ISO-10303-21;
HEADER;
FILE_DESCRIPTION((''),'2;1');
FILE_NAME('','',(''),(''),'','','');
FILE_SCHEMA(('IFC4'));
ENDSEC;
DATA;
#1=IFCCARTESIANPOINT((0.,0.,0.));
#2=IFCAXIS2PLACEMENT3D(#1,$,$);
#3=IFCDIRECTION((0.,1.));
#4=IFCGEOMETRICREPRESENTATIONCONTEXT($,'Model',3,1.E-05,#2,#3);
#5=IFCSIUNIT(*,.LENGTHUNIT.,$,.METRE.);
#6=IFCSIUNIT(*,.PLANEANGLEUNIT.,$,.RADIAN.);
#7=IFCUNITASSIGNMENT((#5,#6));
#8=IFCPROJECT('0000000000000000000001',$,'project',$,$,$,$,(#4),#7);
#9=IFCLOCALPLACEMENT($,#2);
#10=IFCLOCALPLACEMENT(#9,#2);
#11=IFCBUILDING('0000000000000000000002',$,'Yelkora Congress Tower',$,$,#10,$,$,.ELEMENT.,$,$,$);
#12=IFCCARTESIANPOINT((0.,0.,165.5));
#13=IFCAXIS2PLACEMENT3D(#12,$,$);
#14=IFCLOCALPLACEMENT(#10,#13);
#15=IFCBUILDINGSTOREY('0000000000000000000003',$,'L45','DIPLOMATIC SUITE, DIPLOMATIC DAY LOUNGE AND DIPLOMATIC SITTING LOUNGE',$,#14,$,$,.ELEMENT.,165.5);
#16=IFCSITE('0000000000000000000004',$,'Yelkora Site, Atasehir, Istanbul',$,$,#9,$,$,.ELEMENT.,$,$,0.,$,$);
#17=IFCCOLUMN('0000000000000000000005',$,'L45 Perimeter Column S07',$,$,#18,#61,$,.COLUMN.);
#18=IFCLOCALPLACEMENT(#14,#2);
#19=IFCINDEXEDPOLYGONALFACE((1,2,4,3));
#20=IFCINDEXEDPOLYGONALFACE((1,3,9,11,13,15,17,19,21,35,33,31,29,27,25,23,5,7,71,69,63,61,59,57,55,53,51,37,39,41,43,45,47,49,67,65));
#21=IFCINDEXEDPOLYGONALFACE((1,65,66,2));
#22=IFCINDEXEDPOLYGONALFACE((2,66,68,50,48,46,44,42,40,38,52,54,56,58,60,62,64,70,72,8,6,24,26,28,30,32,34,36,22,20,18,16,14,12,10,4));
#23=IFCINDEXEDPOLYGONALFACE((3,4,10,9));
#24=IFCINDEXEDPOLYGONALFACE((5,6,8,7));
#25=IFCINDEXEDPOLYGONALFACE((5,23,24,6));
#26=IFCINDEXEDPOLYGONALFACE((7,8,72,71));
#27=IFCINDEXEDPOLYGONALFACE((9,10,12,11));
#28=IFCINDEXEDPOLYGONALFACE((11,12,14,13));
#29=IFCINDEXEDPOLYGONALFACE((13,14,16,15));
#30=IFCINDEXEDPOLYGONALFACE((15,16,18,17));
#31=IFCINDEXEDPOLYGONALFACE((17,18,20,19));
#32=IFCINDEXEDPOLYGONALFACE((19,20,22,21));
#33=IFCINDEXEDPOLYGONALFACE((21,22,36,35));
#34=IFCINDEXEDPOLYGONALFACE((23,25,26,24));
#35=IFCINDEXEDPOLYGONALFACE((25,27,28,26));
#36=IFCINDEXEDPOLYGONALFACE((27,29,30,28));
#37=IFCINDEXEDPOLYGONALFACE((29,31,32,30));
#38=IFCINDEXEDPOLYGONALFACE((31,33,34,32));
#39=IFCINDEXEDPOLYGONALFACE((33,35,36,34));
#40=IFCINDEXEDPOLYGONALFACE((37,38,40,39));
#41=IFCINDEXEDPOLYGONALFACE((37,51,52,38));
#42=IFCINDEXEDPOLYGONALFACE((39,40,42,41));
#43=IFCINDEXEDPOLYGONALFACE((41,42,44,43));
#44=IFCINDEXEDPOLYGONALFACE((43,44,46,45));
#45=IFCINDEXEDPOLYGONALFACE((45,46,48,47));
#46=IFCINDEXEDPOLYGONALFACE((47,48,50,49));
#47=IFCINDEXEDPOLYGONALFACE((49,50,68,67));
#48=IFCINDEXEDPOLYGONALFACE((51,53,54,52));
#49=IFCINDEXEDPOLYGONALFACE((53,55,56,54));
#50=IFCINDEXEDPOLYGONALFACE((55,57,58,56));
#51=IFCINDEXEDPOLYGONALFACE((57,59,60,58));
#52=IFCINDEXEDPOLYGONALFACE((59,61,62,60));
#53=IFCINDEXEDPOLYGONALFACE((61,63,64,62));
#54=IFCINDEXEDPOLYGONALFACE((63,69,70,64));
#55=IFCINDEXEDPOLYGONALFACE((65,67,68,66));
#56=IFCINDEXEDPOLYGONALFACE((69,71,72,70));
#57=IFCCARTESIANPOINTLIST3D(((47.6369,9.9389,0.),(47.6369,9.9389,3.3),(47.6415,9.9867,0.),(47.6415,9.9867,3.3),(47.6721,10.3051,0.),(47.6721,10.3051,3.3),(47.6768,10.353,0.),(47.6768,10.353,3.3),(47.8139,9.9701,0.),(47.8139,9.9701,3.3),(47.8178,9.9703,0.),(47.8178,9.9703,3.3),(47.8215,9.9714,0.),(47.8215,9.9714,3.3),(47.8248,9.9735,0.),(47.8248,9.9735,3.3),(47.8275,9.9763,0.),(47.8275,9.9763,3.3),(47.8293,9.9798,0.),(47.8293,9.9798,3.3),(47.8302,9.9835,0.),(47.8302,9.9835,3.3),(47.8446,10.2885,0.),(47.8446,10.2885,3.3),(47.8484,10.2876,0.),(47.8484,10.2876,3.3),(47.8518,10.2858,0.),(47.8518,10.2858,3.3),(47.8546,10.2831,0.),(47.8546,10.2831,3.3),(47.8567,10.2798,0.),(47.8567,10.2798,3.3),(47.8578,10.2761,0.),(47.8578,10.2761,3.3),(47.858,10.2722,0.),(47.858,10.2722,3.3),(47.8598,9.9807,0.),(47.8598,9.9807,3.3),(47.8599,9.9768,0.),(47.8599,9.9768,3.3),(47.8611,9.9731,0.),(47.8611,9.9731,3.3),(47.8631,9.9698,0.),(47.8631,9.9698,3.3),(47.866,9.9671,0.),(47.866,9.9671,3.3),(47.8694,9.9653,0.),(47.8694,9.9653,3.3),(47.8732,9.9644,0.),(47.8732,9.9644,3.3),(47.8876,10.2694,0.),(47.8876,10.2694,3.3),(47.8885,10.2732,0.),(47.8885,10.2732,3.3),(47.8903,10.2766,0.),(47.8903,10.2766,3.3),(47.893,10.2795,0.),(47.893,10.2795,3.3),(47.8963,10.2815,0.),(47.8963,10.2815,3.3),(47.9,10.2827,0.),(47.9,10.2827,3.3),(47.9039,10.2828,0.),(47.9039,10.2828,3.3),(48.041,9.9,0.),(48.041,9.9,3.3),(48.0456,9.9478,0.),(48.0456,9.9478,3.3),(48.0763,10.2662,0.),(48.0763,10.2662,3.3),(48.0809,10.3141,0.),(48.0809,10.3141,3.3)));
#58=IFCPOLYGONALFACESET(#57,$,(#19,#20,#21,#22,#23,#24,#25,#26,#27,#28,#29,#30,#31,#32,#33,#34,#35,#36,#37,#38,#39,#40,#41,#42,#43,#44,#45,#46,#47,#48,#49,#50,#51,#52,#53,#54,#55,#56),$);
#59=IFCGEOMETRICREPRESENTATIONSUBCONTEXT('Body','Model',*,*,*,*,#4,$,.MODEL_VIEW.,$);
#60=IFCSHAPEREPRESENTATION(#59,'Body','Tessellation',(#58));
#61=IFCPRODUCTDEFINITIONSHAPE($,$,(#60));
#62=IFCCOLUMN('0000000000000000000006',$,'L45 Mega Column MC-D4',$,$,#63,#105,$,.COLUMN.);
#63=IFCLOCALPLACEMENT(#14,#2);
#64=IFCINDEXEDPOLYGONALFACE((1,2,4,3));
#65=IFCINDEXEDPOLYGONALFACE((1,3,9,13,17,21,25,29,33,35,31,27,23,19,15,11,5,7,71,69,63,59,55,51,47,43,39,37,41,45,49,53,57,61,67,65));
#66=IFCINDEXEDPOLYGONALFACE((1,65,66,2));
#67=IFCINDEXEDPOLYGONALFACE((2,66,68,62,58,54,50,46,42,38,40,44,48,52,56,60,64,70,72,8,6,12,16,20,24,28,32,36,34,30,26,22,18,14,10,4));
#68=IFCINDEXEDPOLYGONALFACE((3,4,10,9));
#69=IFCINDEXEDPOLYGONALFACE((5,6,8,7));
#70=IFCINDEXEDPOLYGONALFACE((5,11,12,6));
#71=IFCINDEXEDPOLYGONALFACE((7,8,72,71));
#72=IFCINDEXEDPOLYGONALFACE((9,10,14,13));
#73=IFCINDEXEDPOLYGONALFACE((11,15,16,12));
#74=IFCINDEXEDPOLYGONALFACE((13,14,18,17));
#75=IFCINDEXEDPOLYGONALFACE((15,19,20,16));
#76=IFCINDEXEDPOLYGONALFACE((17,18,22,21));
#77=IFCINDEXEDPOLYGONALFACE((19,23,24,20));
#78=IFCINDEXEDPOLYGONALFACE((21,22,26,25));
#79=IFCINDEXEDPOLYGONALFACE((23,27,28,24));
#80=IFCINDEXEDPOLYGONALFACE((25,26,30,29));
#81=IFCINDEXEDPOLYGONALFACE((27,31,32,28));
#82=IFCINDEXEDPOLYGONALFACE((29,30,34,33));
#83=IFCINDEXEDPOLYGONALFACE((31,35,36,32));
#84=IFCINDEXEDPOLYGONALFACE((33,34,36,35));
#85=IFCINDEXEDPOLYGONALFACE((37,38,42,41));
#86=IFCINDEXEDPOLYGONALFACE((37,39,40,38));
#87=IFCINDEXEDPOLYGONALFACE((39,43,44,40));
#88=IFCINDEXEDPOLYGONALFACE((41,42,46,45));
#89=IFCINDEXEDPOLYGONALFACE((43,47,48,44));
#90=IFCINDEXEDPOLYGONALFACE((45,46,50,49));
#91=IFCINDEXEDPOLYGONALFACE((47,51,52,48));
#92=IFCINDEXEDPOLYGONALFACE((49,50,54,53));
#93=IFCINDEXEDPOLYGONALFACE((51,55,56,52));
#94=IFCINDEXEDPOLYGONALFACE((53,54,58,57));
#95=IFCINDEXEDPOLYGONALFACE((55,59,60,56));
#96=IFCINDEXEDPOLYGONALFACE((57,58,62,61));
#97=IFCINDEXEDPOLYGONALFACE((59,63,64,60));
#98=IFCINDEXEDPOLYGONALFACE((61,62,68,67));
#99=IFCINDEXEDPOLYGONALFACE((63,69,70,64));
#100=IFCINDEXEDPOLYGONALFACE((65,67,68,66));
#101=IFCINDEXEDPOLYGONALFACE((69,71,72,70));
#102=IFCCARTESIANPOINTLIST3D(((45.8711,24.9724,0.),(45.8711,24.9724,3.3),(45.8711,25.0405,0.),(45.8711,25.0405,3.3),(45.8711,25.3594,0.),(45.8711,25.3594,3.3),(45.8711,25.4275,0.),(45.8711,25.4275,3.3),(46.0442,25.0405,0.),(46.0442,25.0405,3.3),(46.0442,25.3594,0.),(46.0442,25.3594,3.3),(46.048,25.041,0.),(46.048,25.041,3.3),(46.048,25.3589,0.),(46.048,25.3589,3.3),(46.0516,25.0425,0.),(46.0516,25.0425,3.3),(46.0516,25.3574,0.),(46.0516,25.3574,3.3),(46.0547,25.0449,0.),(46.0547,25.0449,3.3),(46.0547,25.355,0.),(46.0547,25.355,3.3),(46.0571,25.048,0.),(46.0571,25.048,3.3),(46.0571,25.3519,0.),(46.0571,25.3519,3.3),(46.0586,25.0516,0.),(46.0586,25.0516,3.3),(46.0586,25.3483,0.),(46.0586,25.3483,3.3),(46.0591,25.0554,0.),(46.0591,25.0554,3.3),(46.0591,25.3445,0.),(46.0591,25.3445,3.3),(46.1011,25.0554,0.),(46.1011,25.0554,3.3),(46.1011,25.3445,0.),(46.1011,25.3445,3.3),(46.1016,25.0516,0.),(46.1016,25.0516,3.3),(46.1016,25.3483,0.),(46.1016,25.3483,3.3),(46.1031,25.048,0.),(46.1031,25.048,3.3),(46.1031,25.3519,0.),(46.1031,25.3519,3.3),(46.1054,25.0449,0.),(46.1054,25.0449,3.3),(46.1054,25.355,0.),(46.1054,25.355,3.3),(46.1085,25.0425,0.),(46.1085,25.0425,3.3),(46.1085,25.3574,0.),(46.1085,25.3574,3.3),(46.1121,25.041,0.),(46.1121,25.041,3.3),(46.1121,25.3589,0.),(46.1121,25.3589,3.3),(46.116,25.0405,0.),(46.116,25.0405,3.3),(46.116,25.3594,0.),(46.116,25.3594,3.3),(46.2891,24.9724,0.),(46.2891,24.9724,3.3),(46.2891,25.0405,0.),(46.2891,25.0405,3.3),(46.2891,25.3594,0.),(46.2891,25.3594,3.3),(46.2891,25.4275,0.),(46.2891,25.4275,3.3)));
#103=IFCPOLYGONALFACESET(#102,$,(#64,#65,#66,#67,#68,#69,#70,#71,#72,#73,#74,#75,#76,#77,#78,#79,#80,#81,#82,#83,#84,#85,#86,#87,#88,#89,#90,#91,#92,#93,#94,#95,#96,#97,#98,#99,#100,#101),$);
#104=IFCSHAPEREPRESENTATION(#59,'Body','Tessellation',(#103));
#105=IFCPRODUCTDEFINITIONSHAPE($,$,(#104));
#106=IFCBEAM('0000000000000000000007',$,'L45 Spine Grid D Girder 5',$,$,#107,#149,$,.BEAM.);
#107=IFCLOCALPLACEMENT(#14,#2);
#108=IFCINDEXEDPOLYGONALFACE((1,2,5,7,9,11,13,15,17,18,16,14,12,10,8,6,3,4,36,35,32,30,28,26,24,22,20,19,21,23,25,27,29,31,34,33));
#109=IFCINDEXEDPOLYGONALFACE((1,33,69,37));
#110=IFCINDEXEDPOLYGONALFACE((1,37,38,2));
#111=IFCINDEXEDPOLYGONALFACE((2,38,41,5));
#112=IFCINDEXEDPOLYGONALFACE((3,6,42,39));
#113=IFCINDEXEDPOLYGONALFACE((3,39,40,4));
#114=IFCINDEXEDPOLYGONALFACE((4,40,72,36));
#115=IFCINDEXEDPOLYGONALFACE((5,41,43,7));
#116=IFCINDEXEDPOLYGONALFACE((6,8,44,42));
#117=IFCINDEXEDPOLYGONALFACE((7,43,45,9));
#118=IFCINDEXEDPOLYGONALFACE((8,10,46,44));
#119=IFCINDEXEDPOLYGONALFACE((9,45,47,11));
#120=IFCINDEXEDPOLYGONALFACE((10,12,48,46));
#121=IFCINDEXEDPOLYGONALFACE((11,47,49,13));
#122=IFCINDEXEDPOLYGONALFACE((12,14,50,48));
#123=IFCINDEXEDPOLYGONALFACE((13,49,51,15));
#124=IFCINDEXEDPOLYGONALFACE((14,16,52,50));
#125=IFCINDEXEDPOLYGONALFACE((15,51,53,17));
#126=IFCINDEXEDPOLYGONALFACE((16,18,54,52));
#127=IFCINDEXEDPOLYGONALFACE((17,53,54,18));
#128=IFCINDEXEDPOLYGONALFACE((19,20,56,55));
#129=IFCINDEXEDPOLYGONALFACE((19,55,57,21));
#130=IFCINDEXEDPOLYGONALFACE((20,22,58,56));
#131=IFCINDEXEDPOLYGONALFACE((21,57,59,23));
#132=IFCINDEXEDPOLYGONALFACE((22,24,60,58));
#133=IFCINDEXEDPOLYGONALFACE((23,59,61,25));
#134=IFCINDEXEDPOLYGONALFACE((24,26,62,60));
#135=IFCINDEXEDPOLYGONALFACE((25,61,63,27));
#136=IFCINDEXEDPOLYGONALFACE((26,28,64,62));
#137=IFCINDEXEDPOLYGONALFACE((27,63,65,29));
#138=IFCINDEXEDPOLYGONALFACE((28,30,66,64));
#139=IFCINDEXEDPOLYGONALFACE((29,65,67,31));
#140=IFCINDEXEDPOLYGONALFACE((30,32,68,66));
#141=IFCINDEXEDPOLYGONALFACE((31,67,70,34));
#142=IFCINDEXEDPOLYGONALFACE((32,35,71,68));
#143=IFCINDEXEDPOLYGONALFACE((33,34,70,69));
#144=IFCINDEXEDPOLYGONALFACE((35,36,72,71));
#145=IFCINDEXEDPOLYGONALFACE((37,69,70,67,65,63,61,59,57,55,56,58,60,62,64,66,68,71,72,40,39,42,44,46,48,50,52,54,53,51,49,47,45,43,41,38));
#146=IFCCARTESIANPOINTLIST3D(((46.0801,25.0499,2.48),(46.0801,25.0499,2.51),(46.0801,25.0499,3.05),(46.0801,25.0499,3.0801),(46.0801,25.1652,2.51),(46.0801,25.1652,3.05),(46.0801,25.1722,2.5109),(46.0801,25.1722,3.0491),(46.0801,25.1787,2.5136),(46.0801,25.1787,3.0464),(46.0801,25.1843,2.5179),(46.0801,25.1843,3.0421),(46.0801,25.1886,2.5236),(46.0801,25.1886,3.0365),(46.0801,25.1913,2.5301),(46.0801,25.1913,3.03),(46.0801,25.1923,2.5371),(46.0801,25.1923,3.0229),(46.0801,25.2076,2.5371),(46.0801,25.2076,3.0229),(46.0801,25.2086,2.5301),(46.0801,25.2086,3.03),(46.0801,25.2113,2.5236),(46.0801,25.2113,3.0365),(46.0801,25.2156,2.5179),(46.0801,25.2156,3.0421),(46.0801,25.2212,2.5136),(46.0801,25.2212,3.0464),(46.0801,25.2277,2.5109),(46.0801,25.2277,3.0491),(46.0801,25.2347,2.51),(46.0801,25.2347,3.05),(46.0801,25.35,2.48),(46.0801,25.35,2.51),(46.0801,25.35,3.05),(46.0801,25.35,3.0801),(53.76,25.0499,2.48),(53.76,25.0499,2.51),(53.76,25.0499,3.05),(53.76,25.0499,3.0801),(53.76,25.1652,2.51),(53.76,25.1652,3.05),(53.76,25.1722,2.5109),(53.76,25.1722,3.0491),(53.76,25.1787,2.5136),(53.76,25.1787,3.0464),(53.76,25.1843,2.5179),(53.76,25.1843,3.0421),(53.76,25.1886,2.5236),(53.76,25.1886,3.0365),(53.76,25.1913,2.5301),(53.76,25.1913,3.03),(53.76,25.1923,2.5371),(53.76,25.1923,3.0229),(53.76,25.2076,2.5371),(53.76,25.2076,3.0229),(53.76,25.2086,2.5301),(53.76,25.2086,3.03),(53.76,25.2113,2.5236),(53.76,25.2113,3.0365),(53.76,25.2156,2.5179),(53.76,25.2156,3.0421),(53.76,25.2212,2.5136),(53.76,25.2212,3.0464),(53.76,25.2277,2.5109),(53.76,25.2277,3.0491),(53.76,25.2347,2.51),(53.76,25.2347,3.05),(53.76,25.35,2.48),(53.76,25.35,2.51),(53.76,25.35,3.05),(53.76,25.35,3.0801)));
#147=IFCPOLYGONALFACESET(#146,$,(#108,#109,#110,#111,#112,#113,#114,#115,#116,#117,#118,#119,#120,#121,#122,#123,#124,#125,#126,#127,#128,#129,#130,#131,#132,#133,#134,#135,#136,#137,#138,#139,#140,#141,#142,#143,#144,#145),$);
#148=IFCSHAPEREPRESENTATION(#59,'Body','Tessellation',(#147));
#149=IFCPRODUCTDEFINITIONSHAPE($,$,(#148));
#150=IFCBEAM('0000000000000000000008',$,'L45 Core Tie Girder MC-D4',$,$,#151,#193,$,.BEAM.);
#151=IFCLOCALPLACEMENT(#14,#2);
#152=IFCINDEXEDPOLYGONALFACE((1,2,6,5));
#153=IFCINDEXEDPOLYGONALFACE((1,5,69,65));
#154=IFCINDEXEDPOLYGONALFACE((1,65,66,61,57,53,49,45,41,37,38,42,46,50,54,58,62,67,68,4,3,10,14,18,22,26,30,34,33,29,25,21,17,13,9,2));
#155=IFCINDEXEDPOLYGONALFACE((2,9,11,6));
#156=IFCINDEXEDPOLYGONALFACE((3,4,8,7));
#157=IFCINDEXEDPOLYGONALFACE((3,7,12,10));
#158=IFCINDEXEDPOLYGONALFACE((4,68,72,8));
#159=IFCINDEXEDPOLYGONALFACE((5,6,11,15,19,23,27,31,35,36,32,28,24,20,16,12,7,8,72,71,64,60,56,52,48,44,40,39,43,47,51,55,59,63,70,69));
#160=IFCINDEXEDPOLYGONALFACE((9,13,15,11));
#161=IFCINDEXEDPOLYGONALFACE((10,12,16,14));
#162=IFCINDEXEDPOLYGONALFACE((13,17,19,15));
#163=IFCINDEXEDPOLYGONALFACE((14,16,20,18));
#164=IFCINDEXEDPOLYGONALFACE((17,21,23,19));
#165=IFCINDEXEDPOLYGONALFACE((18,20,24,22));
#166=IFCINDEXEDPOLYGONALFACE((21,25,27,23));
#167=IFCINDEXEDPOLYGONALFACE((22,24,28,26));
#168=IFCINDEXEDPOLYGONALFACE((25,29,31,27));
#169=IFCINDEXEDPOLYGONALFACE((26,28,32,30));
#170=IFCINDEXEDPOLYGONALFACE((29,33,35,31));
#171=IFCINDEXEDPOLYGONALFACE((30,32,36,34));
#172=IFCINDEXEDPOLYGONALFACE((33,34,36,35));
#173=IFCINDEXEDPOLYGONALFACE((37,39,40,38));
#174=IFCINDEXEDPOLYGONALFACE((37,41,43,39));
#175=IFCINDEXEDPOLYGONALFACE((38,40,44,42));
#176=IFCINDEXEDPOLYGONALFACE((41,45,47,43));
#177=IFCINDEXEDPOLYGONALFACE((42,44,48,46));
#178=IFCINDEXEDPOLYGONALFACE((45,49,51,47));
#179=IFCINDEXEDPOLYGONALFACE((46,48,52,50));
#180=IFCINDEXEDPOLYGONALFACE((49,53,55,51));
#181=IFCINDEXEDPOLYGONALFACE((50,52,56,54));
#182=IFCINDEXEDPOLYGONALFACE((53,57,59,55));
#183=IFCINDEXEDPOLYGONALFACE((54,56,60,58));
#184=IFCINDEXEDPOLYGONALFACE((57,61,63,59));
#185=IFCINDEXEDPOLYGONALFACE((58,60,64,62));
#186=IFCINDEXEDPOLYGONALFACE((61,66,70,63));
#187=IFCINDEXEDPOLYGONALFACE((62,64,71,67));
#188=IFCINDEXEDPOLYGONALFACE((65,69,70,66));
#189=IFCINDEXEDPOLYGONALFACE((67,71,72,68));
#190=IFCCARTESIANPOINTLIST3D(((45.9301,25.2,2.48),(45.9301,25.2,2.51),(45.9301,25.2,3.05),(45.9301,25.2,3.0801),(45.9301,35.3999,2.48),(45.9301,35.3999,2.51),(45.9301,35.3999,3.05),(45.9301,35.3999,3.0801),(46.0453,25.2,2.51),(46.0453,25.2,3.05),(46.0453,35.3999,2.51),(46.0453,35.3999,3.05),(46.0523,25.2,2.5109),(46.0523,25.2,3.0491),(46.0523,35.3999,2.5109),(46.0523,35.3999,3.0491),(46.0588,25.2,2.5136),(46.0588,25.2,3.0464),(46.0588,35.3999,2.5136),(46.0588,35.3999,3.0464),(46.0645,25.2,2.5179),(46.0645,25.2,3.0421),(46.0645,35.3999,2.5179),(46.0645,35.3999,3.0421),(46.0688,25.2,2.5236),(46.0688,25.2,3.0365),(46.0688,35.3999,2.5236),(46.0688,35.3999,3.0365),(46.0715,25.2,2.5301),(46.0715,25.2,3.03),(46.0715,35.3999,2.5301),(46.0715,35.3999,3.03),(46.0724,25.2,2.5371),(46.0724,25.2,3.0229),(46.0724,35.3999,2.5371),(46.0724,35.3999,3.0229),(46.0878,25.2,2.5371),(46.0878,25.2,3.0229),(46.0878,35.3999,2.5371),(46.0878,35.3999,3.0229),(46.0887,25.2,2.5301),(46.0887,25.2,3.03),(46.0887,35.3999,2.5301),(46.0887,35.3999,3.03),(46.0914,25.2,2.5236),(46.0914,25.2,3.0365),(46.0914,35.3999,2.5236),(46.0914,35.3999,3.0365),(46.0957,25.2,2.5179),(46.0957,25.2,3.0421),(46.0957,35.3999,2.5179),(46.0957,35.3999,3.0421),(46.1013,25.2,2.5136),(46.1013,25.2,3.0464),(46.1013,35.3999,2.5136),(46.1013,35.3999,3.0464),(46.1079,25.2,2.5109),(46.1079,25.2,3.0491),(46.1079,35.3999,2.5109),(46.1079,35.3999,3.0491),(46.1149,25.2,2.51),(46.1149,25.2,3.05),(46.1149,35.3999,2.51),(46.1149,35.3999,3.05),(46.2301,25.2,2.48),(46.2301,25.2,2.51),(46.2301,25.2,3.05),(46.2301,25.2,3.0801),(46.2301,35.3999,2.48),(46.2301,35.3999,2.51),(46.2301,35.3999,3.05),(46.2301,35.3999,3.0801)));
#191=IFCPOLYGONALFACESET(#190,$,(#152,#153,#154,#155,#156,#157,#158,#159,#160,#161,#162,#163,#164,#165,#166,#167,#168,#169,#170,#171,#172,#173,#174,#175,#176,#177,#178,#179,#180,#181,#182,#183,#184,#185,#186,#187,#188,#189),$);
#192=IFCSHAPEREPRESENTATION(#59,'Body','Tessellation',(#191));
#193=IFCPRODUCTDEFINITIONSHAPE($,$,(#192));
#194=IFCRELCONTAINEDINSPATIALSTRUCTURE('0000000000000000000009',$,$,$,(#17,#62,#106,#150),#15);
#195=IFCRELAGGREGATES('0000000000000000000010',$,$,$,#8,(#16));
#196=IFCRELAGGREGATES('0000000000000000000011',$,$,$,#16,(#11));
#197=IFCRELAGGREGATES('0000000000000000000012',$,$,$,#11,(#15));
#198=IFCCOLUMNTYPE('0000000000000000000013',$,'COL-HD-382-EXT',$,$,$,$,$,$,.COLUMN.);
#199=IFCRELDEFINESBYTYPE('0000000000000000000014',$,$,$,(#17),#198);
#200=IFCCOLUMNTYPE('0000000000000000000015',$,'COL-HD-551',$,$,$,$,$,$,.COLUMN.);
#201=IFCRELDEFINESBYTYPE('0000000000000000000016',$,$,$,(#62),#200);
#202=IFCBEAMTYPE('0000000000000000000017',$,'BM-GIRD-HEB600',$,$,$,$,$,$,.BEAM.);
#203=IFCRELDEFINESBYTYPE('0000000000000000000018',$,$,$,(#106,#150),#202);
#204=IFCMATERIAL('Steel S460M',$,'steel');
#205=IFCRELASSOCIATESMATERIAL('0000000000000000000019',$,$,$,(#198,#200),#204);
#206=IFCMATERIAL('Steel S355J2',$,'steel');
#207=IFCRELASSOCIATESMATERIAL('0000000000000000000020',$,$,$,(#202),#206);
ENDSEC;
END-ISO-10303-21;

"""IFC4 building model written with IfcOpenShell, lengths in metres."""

from ifc_helpers import new_model, si_unit, direction, frame, origin, origin_2d, place, context, subcontext, project, spatial, i_section, extrude, material, material_profile, profile_set, type_object, element, save


model = new_model("IFC4")

# Units and contexts
model_context = context("Model", 3, precision=1e-05, world=origin(), true_north=direction((0.0, 1.0)))
body_context = subcontext(model_context, "Body", "Model", "MODEL_VIEW")
ifc_project = project(units=[si_unit("LENGTHUNIT", "METRE"), si_unit("PLANEANGLEUNIT", "RADIAN")], contexts=[model_context])

# Site, building, storey
site_placement = place(None, origin())
site = spatial("IfcSite", under=ifc_project, at=site_placement, Name="Yelkora Site, Atasehir, Istanbul", CompositionType="ELEMENT", RefElevation=0.0)
building_placement = place(site_placement, origin())
building = spatial("IfcBuilding", under=site, at=building_placement, Name="Yelkora Congress Tower", CompositionType="ELEMENT")
storey_placement = place(building_placement, frame((0.0, 0.0, 165.5)))
storey = spatial("IfcBuildingStorey", under=building, at=storey_placement, Name="L45", Description="DIPLOMATIC SUITE, DIPLOMATIC DAY LOUNGE AND DIPLOMATIC SITTING LOUNGE", CompositionType="ELEMENT", Elevation=165.5)

# Columns
ifc_material_1 = material(Name="Steel S460M", Category="steel")
ifc_material_profile_1 = material_profile(ifc_material_1, i_section(OverallWidth=0.406, OverallDepth=0.416, WebThickness=0.0298, FlangeThickness=0.0481, FilletRadius=0.0149, at=origin_2d()), Name="HD 400x382")
ifc_profile_set_1 = profile_set([ifc_material_profile_1], Name="Steel S460M")
column_type_1 = type_object("IfcColumnType", Name="COL-HD-382-EXT", PredefinedType="COLUMN", material=ifc_profile_set_1)
column_1_placement = place(storey_placement, frame((47.8589, 10.1265, 0.0), z_axis=(0.0, 0.0, 1.0), x_axis=(0.995396, -0.095846, 0.0)))
element("IfcColumn", 1, at=column_1_placement, inside=storey, type_object=column_type_1, Name="L45 Perimeter Column S07", PredefinedType="COLUMN", context=body_context, shape_type="SweptSolid", body=[
    extrude(i_section(OverallWidth=0.406, OverallDepth=0.416, WebThickness=0.0298, FlangeThickness=0.0481, FilletRadius=0.0149, at=origin_2d()), origin(), (0.0, 0.0, 1.0), 3.3),
])
ifc_material_profile_2 = material_profile(ifc_material_1, i_section(OverallWidth=0.418, OverallDepth=0.4551, WebThickness=0.042, FlangeThickness=0.0681, FilletRadius=0.0149, at=origin_2d()), Name="HD 400x551")
ifc_profile_set_2 = profile_set([ifc_material_profile_2], Name="Steel S460M")
column_type_2 = type_object("IfcColumnType", Name="COL-HD-551", PredefinedType="COLUMN", material=ifc_profile_set_2)
column_2_placement = place(storey_placement, frame((46.0801, 25.2, 0.0), z_axis=(0.0, 0.0, 1.0), x_axis=(1.0, 0.0, 0.0)))
element("IfcColumn", 2, at=column_2_placement, inside=storey, type_object=column_type_2, Name="L45 Mega Column MC-D4", PredefinedType="COLUMN", context=body_context, shape_type="SweptSolid", body=[
    extrude(i_section(OverallWidth=0.418, OverallDepth=0.4551, WebThickness=0.042, FlangeThickness=0.0681, FilletRadius=0.0149, at=origin_2d()), origin(), (0.0, 0.0, 1.0), 3.3),
])

# Beams
ifc_material_2 = material(Name="Steel S355J2", Category="steel")
ifc_material_profile_3 = material_profile(ifc_material_2, i_section(OverallWidth=0.3, OverallDepth=0.6001, WebThickness=0.0154, FlangeThickness=0.03, FilletRadius=0.0271, at=origin_2d()), Name="HEB 600")
ifc_profile_set_3 = profile_set([ifc_material_profile_3], Name="Steel S355J2")
beam_type_1 = type_object("IfcBeamType", Name="BM-GIRD-HEB600", PredefinedType="BEAM", material=ifc_profile_set_3)
beam_1_placement = place(storey_placement, frame((46.0801, 25.2, 2.78), z_axis=(1.0, 0.0, 0.0), x_axis=(0.0, 1.0, 0.0)))
element("IfcBeam", 3, at=beam_1_placement, inside=storey, type_object=beam_type_1, Name="L45 Spine Grid D Girder 5", PredefinedType="BEAM", context=body_context, shape_type="SweptSolid", body=[
    extrude(i_section(OverallWidth=0.3, OverallDepth=0.6001, WebThickness=0.0154, FlangeThickness=0.03, FilletRadius=0.0271, at=origin_2d()), origin(), (0.0, 0.0, 1.0), 7.6799),
])
beam_2_placement = place(storey_placement, frame((46.0801, 25.2, 2.78), z_axis=(0.0, 1.0, 0.0), x_axis=(-1.0, 0.0, 0.0)))
element("IfcBeam", 4, at=beam_2_placement, inside=storey, type_object=beam_type_1, Name="L45 Core Tie Girder MC-D4", PredefinedType="BEAM", context=body_context, shape_type="SweptSolid", body=[
    extrude(i_section(OverallWidth=0.3, OverallDepth=0.6001, WebThickness=0.0154, FlangeThickness=0.03, FilletRadius=0.0271, at=origin_2d()), origin(), (0.0, 0.0, 1.0), 10.2),
])

save(model, "model.ifc")
